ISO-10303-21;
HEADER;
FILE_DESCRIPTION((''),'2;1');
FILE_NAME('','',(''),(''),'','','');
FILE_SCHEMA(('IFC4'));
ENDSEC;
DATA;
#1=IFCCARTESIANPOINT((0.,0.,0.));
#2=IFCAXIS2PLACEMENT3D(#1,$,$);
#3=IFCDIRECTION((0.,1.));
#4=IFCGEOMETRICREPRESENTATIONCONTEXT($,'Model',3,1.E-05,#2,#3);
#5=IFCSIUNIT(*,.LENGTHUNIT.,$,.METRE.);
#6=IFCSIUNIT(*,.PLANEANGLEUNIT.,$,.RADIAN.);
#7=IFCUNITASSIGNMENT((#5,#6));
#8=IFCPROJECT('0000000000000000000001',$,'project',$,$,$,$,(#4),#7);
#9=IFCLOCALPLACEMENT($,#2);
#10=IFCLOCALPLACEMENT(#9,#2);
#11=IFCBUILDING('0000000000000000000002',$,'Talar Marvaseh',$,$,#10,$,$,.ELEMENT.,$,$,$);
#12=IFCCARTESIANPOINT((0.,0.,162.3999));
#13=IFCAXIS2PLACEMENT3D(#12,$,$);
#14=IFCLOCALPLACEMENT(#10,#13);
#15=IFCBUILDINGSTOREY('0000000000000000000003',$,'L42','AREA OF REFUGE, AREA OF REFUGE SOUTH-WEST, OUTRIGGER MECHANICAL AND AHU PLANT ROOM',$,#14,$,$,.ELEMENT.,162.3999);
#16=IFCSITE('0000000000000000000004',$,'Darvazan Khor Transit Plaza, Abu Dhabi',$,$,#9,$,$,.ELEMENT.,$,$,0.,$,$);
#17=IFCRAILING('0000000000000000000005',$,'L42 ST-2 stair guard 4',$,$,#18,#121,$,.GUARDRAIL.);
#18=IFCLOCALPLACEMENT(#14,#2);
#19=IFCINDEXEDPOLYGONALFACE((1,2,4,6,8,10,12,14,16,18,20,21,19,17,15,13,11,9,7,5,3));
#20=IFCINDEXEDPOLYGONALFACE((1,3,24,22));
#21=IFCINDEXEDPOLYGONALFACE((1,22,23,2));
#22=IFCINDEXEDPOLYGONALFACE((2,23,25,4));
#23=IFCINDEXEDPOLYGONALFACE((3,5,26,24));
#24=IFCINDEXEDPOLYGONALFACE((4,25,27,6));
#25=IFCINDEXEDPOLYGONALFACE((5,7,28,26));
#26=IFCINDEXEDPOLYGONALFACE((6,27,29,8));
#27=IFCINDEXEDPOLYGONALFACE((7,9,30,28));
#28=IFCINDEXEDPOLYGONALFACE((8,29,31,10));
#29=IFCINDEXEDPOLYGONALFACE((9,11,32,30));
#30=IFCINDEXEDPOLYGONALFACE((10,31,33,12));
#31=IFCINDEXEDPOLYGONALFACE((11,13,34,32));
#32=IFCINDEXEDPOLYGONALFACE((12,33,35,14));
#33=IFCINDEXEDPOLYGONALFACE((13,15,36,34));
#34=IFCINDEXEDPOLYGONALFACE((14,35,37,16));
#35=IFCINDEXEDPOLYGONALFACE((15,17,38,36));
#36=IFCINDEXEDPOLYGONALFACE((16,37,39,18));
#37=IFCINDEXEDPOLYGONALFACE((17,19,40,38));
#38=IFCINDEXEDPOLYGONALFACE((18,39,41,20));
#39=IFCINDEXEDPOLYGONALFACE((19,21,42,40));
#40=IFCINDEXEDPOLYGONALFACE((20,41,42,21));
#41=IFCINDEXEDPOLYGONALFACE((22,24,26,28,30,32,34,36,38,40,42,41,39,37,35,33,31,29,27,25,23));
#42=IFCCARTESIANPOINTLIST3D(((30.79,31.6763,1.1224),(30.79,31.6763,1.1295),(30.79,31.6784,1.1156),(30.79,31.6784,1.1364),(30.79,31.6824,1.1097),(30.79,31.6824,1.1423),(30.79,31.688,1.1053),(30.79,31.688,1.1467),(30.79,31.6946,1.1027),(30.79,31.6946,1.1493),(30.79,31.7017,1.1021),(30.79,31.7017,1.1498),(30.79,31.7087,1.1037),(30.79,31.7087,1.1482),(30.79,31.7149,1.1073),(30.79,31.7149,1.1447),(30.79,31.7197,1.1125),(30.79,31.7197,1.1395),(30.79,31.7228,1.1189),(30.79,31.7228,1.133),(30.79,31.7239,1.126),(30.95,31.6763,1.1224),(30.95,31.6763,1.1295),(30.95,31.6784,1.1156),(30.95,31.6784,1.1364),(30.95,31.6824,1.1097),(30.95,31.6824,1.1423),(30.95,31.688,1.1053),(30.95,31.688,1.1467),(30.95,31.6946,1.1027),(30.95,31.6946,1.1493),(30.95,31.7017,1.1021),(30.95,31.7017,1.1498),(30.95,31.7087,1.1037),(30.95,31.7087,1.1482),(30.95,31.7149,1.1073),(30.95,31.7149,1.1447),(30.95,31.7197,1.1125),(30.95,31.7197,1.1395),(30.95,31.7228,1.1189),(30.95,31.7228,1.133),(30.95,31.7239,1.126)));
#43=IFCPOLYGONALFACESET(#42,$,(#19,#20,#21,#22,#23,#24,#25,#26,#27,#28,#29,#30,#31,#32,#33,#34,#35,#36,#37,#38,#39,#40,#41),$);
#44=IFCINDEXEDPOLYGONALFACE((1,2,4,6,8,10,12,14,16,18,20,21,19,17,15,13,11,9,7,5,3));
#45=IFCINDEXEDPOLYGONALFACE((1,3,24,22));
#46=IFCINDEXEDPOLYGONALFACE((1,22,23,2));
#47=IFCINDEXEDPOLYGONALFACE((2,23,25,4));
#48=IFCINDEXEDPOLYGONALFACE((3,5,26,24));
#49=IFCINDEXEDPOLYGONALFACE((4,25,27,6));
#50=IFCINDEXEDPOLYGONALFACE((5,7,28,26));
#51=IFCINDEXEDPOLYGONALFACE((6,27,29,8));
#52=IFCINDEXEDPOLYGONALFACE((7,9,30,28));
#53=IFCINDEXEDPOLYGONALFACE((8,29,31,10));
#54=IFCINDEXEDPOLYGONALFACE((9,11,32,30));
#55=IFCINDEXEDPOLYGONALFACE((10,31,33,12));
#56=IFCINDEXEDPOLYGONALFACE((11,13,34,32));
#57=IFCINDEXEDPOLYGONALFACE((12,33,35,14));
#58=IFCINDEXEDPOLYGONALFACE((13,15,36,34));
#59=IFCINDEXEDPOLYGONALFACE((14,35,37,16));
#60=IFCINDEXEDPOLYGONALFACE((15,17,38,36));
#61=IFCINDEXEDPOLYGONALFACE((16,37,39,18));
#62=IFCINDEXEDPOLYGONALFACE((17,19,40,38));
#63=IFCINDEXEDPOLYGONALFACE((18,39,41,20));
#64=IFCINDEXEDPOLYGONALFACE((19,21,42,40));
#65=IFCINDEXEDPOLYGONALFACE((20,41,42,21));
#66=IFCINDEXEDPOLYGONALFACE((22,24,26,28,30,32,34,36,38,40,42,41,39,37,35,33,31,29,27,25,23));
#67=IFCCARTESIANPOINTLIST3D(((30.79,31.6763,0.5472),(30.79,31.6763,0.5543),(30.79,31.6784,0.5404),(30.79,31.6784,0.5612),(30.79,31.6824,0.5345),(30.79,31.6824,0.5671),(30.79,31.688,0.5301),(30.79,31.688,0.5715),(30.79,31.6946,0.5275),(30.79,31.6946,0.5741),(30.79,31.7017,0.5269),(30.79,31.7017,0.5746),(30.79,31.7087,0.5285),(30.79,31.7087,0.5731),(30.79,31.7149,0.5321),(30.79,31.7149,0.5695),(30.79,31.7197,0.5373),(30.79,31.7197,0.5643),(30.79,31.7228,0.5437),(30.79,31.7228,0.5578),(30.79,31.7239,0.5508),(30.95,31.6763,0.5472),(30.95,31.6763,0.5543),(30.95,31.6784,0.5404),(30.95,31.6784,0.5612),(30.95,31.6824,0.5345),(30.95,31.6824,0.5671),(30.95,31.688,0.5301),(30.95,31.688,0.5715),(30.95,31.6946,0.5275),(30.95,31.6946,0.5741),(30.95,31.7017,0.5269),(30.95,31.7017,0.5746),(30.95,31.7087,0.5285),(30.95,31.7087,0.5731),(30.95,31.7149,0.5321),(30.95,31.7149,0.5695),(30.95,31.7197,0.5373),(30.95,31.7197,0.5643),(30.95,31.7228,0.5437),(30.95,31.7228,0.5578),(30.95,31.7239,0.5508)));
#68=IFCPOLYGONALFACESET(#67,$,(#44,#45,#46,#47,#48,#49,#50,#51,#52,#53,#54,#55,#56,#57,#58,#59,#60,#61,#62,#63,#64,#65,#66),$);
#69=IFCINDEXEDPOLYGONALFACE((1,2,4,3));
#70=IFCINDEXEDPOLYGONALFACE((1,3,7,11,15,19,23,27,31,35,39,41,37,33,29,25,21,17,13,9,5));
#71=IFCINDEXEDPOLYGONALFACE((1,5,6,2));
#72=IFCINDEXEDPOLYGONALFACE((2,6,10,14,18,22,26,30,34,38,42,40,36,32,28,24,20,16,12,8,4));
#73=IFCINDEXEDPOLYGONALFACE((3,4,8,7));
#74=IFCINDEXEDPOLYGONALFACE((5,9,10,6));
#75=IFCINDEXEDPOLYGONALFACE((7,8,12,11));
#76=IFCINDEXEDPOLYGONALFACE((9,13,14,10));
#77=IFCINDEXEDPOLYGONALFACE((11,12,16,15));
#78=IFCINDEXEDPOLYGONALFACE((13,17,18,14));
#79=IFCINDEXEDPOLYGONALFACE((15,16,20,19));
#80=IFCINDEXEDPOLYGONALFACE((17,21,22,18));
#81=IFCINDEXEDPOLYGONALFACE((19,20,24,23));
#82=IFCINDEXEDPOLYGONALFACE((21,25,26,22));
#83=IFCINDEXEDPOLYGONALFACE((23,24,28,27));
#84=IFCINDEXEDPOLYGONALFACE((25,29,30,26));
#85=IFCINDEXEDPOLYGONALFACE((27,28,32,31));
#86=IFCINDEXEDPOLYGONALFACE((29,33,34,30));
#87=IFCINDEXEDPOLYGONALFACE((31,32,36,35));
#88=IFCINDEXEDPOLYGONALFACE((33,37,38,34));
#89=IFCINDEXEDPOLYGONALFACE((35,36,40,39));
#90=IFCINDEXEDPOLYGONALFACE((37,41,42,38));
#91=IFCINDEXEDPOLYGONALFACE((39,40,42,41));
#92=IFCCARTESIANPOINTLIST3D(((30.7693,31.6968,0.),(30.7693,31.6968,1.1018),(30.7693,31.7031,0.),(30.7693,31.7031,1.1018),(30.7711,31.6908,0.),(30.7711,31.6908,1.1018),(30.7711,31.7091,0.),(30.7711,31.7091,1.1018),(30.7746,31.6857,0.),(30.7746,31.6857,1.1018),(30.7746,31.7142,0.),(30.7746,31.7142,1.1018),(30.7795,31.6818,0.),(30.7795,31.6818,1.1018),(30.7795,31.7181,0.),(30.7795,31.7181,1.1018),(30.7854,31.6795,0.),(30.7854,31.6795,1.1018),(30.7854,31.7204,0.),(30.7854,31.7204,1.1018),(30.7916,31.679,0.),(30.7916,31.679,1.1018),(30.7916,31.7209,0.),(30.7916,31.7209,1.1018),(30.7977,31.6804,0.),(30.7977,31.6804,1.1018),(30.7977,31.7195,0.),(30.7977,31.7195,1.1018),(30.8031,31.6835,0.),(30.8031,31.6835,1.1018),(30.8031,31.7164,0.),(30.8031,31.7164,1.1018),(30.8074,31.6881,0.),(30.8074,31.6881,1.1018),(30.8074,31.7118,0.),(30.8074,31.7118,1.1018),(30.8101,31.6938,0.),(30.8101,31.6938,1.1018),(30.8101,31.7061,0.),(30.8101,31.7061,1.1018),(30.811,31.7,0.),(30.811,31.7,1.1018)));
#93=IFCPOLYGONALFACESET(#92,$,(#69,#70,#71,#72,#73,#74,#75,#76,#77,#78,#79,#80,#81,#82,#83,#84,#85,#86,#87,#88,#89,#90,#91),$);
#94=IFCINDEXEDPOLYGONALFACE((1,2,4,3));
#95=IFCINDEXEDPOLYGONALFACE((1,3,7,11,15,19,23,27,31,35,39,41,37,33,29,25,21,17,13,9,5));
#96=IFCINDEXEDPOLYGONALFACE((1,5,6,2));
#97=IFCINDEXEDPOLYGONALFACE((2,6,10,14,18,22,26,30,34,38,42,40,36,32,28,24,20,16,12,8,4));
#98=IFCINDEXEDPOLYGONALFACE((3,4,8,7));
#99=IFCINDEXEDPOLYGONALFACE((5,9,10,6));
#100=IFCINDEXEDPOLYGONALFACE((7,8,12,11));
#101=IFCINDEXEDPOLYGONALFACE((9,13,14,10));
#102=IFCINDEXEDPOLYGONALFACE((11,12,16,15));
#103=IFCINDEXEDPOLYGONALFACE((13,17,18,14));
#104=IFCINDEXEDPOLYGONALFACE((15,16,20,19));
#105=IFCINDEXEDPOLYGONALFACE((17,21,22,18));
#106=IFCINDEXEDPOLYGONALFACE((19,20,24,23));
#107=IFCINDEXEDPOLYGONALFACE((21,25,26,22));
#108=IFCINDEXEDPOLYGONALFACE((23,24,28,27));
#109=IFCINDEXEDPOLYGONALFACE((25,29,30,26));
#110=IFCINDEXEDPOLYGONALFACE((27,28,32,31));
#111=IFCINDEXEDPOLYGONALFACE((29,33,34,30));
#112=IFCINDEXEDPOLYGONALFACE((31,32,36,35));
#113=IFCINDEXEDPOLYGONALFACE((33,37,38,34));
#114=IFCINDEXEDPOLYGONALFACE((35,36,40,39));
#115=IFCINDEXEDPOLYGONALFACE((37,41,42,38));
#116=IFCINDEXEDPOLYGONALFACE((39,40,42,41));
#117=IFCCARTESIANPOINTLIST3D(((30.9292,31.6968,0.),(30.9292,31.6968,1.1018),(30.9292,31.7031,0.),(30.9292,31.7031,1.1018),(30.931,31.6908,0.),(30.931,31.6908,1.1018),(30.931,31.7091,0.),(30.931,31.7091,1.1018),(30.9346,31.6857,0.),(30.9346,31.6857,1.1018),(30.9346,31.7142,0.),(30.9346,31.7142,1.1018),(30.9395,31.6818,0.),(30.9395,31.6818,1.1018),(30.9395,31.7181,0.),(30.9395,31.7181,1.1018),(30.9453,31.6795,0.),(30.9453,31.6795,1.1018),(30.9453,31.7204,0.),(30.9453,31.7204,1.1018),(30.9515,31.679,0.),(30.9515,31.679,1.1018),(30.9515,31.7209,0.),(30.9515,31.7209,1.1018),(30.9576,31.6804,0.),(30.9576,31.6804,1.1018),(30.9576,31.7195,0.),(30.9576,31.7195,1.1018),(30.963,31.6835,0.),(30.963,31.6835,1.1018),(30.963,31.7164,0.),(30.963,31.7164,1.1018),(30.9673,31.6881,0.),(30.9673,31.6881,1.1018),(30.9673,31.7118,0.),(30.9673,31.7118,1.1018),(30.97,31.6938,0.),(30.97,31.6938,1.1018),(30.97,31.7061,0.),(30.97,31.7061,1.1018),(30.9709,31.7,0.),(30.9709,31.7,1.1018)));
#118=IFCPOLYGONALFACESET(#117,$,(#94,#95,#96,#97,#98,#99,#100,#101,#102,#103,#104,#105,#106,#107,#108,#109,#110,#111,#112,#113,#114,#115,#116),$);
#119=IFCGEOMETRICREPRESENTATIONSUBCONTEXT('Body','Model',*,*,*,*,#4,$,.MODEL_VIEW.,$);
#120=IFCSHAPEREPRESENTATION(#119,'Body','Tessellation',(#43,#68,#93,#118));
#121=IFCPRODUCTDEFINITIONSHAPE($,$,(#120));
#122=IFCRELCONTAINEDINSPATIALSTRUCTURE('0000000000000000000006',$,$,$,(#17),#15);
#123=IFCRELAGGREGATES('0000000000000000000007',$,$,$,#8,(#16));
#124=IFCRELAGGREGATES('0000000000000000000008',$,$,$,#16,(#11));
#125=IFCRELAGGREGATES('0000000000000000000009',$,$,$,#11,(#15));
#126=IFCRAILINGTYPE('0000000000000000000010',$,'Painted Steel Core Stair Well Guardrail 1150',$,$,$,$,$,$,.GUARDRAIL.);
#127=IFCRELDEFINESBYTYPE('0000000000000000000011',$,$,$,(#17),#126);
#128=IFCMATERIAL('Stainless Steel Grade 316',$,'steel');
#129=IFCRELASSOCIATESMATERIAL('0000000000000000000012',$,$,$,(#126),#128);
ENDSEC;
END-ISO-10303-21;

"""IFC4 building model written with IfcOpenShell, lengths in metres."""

from ifc_helpers import new_model, si_unit, direction, frame, origin, origin_2d, place, context, subcontext, project, spatial, circle, extrude, material, type_object, element, save


model = new_model("IFC4")

# Units and contexts
model_context = context("Model", 3, precision=1e-05, world=origin(), true_north=direction((0.0, 1.0)))
body_context = subcontext(model_context, "Body", "Model", "MODEL_VIEW")
ifc_project = project(units=[si_unit("LENGTHUNIT", "METRE"), si_unit("PLANEANGLEUNIT", "RADIAN")], contexts=[model_context])

# Site, building, storey
site_placement = place(None, origin())
site = spatial("IfcSite", under=ifc_project, at=site_placement, Name="Darvazan Khor Transit Plaza, Abu Dhabi", CompositionType="ELEMENT", RefElevation=0.0)
building_placement = place(site_placement, origin())
building = spatial("IfcBuilding", under=site, at=building_placement, Name="Talar Marvaseh", CompositionType="ELEMENT")
storey_placement = place(building_placement, frame((0.0, 0.0, 162.3999)))
storey = spatial("IfcBuildingStorey", under=building, at=storey_placement, Name="L42", Description="AREA OF REFUGE, AREA OF REFUGE SOUTH-WEST, OUTRIGGER MECHANICAL AND AHU PLANT ROOM", CompositionType="ELEMENT", Elevation=162.3999)

# Railing
ifc_material_1 = material(Name="Stainless Steel Grade 316", Category="steel")
railing_type_1 = type_object("IfcRailingType", Name="Painted Steel Core Stair Well Guardrail 1150", PredefinedType="GUARDRAIL", material=ifc_material_1)
railing_1_placement = place(storey_placement, frame((30.79, 31.7, 0.0)))
element("IfcRailing", 1, at=railing_1_placement, inside=storey, type_object=railing_type_1, Name="L42 ST-2 stair guard 4", PredefinedType="GUARDRAIL", context=body_context, shape_type="SweptSolid", body=[
    extrude(circle(Radius=0.0239, at=origin_2d()), frame((0.0, 0.0, 1.126), z_axis=(1.0, 0.0, 0.0), x_axis=(0.0, 1.0, 0.0)), (0.0, 0.0, 1.0), 0.1599),
    extrude(circle(Radius=0.0239, at=origin_2d()), frame((0.0, 0.0, 0.5508), z_axis=(1.0, 0.0, 0.0), x_axis=(0.0, 1.0, 0.0)), (0.0, 0.0, 1.0), 0.1599),
    extrude(circle(Radius=0.021, at=origin_2d()), origin(), (0.0, 0.0, 1.0), 1.1018),
    extrude(circle(Radius=0.021, at=origin_2d()), frame((0.1599, 0.0, 0.0)), (0.0, 0.0, 1.0), 1.1018),
])

save(model, "model.ifc")
